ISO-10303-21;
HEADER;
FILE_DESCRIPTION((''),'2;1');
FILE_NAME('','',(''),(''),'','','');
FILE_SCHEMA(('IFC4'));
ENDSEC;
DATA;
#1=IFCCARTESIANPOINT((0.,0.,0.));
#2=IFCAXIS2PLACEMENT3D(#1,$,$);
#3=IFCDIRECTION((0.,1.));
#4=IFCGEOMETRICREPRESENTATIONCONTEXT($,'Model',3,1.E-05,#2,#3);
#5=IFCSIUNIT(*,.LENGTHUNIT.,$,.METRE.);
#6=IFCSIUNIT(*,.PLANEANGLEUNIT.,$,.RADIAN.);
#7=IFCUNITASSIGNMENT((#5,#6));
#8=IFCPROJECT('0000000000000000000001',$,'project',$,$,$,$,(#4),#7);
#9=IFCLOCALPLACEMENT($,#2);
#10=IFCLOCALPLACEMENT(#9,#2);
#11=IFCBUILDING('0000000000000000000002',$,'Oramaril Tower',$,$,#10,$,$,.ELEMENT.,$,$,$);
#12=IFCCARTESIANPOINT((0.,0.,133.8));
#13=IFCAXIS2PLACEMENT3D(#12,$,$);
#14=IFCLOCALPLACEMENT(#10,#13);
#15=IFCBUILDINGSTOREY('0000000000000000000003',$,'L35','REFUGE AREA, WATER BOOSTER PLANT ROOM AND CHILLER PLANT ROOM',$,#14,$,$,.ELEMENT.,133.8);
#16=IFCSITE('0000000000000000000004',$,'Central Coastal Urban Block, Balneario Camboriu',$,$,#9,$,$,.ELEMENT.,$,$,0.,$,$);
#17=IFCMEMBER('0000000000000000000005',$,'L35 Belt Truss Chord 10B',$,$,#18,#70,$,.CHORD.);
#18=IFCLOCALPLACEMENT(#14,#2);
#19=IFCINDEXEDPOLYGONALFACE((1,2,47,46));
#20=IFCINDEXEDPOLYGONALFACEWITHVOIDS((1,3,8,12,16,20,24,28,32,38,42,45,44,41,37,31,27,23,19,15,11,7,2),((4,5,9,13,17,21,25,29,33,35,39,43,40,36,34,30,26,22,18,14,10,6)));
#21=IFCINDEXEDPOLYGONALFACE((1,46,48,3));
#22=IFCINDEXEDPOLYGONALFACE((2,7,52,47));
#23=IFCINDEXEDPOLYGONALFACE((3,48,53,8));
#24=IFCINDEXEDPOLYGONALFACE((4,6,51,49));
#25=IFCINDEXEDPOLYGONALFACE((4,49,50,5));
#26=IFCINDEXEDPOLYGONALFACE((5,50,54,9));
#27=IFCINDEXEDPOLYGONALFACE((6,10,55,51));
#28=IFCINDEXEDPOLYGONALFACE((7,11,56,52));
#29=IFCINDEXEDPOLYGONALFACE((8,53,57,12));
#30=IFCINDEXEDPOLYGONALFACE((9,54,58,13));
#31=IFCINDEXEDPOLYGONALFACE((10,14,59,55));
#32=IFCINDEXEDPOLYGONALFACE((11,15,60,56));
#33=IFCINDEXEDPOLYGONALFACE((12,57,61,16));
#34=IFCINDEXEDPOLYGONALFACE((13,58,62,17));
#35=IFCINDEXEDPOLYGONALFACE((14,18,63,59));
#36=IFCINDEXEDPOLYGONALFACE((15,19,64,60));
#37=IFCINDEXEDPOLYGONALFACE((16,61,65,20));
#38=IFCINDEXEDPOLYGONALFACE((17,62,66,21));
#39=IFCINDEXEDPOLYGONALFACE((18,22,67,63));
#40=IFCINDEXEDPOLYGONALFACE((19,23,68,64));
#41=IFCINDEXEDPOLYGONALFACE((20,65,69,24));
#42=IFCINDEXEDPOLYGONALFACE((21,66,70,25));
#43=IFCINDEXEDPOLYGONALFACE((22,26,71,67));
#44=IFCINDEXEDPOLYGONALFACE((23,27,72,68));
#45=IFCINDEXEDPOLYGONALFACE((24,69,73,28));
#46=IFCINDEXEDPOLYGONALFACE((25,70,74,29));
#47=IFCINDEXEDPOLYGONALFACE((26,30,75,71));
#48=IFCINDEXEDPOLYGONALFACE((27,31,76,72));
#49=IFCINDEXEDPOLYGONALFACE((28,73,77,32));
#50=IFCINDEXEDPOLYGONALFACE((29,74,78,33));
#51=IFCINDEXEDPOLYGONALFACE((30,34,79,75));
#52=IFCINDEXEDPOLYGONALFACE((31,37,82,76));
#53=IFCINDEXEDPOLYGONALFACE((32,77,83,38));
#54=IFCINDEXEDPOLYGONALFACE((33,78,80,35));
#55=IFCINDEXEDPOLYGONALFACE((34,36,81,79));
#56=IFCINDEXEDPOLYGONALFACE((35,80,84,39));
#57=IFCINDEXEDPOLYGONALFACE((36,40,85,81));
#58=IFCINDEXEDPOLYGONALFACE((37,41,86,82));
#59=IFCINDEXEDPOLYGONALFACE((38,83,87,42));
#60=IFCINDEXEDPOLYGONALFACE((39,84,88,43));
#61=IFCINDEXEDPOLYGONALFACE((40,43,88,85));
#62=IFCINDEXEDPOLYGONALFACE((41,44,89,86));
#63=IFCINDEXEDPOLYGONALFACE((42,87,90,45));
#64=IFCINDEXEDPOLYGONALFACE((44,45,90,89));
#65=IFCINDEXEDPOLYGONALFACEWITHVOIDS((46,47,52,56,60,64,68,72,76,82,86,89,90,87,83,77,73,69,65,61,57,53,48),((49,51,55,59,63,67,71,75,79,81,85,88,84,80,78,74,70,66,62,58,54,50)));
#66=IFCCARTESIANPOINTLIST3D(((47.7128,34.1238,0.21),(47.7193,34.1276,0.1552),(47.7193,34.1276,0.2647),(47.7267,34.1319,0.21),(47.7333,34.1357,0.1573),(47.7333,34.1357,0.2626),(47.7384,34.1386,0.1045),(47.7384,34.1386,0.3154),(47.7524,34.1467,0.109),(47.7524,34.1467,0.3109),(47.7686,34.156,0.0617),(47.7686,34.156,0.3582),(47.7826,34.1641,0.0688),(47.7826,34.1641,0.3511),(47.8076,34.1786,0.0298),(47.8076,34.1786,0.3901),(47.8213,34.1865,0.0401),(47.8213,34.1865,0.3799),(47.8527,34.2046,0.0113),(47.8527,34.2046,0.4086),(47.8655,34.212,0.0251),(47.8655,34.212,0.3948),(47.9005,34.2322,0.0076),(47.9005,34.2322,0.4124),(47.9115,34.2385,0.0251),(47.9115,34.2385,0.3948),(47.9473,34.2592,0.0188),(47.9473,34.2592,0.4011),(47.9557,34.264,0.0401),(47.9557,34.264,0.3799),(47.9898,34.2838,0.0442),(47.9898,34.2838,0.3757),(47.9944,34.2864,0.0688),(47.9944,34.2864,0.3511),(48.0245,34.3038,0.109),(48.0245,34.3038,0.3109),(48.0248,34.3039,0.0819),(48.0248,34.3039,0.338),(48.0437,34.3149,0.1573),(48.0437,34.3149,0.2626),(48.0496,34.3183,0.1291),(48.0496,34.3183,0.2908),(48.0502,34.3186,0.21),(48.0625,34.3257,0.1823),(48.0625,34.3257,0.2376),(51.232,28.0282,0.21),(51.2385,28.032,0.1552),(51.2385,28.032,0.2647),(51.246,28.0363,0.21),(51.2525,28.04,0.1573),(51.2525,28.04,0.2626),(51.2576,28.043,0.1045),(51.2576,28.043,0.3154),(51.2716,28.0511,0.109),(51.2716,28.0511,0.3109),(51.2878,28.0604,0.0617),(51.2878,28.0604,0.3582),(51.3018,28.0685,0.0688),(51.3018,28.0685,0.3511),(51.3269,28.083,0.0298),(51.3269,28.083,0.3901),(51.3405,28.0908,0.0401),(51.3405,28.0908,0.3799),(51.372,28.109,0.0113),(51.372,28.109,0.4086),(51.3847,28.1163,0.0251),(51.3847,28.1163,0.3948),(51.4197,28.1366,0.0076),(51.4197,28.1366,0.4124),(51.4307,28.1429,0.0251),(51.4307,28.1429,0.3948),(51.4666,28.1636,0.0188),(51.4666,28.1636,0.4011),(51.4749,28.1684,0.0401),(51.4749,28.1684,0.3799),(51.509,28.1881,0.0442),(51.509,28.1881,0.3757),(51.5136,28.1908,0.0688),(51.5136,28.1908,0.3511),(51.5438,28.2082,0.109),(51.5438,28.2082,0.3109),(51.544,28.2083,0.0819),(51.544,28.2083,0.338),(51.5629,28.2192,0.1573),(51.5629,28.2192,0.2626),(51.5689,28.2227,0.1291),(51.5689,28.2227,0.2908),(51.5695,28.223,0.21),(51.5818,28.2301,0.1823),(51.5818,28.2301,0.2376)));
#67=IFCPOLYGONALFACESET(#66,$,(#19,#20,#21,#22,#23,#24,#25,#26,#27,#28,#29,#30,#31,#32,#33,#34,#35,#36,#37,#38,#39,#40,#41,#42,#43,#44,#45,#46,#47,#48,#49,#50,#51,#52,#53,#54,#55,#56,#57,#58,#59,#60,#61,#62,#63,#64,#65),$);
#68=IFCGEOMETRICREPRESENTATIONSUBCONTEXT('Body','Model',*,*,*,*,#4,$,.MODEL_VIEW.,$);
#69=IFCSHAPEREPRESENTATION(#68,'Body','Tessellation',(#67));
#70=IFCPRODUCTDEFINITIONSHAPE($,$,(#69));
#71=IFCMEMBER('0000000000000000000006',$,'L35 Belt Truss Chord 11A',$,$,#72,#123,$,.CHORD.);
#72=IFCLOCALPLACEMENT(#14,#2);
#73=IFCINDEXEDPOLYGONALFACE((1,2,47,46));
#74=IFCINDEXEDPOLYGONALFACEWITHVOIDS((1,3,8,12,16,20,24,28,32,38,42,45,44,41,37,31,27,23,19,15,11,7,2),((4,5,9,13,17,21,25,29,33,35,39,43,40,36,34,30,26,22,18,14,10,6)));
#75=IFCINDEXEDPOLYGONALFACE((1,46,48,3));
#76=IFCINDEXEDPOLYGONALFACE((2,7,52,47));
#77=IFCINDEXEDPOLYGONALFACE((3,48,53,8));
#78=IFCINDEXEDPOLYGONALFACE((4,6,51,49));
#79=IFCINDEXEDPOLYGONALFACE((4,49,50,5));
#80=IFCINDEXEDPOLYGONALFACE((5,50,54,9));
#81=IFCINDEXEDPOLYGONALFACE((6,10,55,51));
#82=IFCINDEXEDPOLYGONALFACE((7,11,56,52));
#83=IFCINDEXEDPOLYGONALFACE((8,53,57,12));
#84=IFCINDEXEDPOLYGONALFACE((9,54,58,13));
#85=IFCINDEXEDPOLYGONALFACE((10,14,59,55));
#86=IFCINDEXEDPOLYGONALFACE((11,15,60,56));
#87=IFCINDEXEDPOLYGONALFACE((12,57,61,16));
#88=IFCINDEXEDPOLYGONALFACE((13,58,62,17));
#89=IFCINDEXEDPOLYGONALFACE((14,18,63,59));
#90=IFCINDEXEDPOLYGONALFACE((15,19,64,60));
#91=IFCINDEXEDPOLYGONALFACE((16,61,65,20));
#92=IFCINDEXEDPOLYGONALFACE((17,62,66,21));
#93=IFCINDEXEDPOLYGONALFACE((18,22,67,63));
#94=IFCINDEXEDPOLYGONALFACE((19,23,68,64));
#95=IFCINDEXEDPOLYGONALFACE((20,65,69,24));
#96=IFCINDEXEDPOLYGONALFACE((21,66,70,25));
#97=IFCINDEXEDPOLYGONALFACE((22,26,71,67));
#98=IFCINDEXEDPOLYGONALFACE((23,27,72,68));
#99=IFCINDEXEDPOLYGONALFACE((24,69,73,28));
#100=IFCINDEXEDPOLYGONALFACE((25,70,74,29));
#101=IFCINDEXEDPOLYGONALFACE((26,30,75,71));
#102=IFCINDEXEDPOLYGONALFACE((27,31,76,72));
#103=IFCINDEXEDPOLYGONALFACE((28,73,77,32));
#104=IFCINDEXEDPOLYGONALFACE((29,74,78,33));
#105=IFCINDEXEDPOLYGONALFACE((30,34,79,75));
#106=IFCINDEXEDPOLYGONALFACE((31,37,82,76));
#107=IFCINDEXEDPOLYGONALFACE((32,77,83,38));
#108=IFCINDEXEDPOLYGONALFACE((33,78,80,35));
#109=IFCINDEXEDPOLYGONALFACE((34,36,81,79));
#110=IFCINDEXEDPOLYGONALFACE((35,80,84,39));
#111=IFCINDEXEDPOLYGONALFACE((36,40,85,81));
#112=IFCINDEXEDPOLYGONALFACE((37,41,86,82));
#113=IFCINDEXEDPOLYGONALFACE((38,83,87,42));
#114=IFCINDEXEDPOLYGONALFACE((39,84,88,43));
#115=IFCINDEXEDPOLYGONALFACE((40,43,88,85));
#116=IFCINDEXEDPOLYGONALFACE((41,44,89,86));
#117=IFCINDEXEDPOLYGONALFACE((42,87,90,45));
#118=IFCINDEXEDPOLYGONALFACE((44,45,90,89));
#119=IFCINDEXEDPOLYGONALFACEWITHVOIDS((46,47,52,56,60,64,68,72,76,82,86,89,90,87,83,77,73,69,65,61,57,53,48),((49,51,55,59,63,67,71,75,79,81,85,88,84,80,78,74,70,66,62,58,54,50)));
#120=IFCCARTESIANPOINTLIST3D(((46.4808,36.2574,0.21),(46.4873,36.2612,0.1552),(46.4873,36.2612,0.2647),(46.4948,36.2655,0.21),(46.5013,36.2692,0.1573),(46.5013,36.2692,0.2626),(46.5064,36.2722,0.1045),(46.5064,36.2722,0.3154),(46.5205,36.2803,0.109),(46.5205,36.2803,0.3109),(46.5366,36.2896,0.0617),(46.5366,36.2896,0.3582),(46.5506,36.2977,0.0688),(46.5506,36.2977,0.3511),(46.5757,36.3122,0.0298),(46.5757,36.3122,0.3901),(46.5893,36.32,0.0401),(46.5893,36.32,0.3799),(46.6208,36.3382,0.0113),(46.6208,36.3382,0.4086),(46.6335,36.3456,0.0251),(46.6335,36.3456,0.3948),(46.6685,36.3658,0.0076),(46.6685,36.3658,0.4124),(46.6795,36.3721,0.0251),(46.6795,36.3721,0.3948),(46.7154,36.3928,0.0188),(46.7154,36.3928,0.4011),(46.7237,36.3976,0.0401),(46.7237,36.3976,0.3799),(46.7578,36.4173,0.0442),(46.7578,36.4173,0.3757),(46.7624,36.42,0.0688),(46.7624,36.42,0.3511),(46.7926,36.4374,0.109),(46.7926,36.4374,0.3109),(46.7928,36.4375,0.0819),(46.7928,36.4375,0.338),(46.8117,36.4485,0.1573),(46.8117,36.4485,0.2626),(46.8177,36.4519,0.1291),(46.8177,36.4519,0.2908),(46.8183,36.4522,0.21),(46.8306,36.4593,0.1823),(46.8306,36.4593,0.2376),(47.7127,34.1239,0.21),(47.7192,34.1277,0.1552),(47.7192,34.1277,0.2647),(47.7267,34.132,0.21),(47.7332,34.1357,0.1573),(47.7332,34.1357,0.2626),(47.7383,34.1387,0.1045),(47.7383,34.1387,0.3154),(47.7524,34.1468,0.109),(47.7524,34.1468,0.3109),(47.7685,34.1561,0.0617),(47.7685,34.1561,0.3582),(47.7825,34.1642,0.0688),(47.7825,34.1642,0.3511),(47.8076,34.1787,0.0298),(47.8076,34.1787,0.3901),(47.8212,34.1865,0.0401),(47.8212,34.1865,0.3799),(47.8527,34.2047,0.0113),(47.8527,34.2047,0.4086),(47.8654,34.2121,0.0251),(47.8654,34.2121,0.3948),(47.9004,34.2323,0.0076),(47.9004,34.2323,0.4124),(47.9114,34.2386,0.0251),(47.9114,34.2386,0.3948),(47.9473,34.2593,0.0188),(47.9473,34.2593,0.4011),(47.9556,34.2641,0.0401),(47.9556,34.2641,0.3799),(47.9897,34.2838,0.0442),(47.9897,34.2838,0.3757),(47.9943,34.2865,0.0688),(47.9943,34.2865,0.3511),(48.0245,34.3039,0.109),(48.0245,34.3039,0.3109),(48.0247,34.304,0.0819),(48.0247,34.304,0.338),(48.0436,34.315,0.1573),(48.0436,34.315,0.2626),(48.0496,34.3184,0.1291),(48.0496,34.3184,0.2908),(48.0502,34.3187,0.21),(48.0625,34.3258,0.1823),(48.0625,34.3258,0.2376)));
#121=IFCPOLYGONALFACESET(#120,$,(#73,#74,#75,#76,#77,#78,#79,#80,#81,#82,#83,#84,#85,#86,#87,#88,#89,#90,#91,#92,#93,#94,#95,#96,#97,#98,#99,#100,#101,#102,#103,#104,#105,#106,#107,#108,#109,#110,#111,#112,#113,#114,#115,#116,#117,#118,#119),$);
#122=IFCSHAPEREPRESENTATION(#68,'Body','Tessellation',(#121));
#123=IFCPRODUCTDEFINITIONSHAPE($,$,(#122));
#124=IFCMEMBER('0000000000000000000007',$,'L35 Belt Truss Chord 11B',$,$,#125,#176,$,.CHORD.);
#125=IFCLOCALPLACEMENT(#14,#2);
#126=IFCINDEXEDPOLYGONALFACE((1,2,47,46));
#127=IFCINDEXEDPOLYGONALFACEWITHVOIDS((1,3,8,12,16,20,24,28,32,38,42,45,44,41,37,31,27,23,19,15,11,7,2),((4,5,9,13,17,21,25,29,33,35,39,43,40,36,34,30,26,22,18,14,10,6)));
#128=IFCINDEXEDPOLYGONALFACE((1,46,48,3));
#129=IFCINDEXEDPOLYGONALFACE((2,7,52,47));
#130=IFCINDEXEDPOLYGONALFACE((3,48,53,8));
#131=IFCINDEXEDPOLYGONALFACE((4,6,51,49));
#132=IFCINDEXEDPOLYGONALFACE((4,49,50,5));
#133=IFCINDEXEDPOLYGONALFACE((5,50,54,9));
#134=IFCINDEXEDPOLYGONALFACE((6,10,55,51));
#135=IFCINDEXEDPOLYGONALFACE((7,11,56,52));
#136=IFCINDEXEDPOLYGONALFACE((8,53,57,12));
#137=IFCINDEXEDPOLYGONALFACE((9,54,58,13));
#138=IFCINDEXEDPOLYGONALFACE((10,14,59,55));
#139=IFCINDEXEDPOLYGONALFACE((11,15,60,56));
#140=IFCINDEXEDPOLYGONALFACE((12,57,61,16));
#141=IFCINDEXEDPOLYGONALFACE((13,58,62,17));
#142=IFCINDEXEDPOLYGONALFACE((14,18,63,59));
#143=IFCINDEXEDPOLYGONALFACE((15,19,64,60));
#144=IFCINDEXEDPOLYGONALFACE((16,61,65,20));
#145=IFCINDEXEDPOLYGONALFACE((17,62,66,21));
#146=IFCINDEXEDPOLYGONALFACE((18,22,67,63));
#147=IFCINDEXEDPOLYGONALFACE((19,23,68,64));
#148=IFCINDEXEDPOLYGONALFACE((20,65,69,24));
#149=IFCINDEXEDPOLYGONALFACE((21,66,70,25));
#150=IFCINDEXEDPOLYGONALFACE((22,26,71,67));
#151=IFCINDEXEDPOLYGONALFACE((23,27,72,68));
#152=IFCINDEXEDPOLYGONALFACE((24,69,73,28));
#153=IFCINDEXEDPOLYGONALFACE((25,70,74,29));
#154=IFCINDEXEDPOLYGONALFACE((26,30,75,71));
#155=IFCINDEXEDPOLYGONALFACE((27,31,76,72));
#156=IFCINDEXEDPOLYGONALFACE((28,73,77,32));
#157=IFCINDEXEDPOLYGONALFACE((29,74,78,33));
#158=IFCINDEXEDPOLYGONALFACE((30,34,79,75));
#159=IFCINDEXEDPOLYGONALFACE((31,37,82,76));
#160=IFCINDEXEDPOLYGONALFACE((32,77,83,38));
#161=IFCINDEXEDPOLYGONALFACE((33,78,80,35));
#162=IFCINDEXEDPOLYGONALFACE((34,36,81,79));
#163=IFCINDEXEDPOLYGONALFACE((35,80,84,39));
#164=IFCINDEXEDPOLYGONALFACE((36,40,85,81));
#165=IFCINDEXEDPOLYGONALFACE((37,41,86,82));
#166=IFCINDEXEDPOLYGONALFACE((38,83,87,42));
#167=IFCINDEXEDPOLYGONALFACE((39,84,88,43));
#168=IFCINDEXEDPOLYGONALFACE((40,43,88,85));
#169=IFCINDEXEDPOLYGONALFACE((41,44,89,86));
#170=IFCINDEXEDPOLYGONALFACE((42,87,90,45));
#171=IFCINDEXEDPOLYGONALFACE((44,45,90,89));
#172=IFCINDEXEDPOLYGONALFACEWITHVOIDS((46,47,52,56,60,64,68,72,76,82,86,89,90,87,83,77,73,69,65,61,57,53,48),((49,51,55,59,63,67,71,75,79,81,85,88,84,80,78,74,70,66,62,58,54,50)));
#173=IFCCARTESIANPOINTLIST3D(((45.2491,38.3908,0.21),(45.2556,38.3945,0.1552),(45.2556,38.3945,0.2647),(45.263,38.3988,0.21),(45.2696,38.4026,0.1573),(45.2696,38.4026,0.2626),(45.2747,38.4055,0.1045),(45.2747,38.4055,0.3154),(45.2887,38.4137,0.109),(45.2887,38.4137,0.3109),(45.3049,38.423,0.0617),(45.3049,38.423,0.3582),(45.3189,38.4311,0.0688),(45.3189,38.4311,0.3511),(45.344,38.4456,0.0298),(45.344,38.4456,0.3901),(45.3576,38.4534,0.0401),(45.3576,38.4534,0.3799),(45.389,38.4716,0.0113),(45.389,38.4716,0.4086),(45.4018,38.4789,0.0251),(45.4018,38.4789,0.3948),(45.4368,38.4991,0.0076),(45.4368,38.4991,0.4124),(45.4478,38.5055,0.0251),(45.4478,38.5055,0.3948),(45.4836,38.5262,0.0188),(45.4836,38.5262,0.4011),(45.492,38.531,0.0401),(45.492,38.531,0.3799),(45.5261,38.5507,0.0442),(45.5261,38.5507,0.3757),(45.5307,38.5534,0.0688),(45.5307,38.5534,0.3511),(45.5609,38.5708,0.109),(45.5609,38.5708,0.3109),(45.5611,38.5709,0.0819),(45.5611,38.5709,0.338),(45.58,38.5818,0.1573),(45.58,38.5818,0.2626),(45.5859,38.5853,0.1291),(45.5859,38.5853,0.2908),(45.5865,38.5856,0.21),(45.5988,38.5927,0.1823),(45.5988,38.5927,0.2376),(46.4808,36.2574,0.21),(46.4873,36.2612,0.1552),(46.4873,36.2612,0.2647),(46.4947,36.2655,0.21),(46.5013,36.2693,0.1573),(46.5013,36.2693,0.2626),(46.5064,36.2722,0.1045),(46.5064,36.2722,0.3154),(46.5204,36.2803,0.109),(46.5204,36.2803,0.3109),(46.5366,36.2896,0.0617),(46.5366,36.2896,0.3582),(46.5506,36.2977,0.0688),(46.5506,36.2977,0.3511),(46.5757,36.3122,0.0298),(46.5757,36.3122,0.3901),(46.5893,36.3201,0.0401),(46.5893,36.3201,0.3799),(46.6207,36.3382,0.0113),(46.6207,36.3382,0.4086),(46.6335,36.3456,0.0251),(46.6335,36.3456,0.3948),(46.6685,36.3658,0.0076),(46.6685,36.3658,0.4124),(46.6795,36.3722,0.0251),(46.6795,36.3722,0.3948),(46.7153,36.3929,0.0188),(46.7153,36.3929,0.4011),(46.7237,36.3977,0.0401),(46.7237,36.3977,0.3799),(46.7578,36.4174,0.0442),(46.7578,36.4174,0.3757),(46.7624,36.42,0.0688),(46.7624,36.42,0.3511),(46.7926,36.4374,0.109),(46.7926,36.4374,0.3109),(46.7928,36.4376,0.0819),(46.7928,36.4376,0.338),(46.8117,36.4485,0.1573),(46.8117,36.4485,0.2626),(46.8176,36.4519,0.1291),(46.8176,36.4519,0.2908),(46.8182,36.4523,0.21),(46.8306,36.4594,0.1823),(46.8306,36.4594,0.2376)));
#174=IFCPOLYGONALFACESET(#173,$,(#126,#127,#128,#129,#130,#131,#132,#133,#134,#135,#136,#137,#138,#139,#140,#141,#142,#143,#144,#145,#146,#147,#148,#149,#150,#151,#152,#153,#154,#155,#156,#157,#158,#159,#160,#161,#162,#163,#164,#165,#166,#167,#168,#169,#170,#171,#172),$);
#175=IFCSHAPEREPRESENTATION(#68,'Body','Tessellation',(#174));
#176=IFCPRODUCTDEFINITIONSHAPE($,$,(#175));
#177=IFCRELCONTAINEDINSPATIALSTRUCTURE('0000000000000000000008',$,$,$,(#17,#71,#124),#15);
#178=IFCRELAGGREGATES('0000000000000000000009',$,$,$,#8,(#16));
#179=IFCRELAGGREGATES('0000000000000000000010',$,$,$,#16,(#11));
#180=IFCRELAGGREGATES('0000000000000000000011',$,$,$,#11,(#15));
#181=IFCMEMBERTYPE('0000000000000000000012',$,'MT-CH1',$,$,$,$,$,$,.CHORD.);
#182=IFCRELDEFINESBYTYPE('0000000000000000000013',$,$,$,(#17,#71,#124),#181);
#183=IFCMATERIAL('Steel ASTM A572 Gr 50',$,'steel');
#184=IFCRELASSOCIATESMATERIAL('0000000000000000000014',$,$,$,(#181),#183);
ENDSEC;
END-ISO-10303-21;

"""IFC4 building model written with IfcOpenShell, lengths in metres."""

from ifc_helpers import new_model, si_unit, direction, frame, origin, origin_2d, place, context, subcontext, project, spatial, hollow_circle, extrude, material, material_profile, profile_set, type_object, element, save


model = new_model("IFC4")

# Units and contexts
model_context = context("Model", 3, precision=1e-05, world=origin(), true_north=direction((0.0, 1.0)))
body_context = subcontext(model_context, "Body", "Model", "MODEL_VIEW")
ifc_project = project(units=[si_unit("LENGTHUNIT", "METRE"), si_unit("PLANEANGLEUNIT", "RADIAN")], contexts=[model_context])

# Site, building, storey
site_placement = place(None, origin())
site = spatial("IfcSite", under=ifc_project, at=site_placement, Name="Central Coastal Urban Block, Balneario Camboriu", CompositionType="ELEMENT", RefElevation=0.0)
building_placement = place(site_placement, origin())
building = spatial("IfcBuilding", under=site, at=building_placement, Name="Oramaril Tower", CompositionType="ELEMENT")
storey_placement = place(building_placement, frame((0.0, 0.0, 133.8)))
storey = spatial("IfcBuildingStorey", under=building, at=storey_placement, Name="L35", Description="REFUGE AREA, WATER BOOSTER PLANT ROOM AND CHILLER PLANT ROOM", CompositionType="ELEMENT", Elevation=133.8)

# Members
ifc_material_1 = material(Name="Steel ASTM A572 Gr 50", Category="steel")
ifc_material_profile_1 = material_profile(ifc_material_1, hollow_circle(Radius=0.2029, WallThickness=0.0161, at=origin_2d()), Name="CHS406X16")
ifc_profile_set_1 = profile_set([ifc_material_profile_1], Name="Steel ASTM A572 Gr 50")
member_type_1 = type_object("IfcMemberType", Name="MT-CH1", PredefinedType="CHORD", material=ifc_profile_set_1)
member_1_placement = place(storey_placement, frame((51.4077, 28.1296, 0.21), z_axis=(-0.499993, 0.86603, 0.0), x_axis=(-0.86603, -0.499993, 0.0)))
element("IfcMember", 1, at=member_1_placement, inside=storey, type_object=member_type_1, Name="L35 Belt Truss Chord 10B", PredefinedType="CHORD", context=body_context, shape_type="SweptSolid", body=[
    extrude(hollow_circle(Radius=0.2029, WallThickness=0.0161, at=origin_2d()), origin(), (0.0, 0.0, 1.0), 7.0386),
])
member_2_placement = place(storey_placement, frame((47.8884, 34.2253, 0.21), z_axis=(-0.50004, 0.866002, 0.0), x_axis=(-0.866002, -0.50004, 0.0)))
element("IfcMember", 2, at=member_2_placement, inside=storey, type_object=member_type_1, Name="L35 Belt Truss Chord 11A", PredefinedType="CHORD", context=body_context, shape_type="SweptSolid", body=[
    extrude(hollow_circle(Radius=0.2029, WallThickness=0.0161, at=origin_2d()), origin(), (0.0, 0.0, 1.0), 2.4636),
])
member_3_placement = place(storey_placement, frame((46.6565, 36.3589, 0.21), z_axis=(-0.500008, 0.866021, 0.0), x_axis=(-0.866021, -0.500008, 0.0)))
element("IfcMember", 3, at=member_3_placement, inside=storey, type_object=member_type_1, Name="L35 Belt Truss Chord 11B", PredefinedType="CHORD", context=body_context, shape_type="SweptSolid", body=[
    extrude(hollow_circle(Radius=0.2029, WallThickness=0.0161, at=origin_2d()), origin(), (0.0, 0.0, 1.0), 2.4634),
])

save(model, "model.ifc")
